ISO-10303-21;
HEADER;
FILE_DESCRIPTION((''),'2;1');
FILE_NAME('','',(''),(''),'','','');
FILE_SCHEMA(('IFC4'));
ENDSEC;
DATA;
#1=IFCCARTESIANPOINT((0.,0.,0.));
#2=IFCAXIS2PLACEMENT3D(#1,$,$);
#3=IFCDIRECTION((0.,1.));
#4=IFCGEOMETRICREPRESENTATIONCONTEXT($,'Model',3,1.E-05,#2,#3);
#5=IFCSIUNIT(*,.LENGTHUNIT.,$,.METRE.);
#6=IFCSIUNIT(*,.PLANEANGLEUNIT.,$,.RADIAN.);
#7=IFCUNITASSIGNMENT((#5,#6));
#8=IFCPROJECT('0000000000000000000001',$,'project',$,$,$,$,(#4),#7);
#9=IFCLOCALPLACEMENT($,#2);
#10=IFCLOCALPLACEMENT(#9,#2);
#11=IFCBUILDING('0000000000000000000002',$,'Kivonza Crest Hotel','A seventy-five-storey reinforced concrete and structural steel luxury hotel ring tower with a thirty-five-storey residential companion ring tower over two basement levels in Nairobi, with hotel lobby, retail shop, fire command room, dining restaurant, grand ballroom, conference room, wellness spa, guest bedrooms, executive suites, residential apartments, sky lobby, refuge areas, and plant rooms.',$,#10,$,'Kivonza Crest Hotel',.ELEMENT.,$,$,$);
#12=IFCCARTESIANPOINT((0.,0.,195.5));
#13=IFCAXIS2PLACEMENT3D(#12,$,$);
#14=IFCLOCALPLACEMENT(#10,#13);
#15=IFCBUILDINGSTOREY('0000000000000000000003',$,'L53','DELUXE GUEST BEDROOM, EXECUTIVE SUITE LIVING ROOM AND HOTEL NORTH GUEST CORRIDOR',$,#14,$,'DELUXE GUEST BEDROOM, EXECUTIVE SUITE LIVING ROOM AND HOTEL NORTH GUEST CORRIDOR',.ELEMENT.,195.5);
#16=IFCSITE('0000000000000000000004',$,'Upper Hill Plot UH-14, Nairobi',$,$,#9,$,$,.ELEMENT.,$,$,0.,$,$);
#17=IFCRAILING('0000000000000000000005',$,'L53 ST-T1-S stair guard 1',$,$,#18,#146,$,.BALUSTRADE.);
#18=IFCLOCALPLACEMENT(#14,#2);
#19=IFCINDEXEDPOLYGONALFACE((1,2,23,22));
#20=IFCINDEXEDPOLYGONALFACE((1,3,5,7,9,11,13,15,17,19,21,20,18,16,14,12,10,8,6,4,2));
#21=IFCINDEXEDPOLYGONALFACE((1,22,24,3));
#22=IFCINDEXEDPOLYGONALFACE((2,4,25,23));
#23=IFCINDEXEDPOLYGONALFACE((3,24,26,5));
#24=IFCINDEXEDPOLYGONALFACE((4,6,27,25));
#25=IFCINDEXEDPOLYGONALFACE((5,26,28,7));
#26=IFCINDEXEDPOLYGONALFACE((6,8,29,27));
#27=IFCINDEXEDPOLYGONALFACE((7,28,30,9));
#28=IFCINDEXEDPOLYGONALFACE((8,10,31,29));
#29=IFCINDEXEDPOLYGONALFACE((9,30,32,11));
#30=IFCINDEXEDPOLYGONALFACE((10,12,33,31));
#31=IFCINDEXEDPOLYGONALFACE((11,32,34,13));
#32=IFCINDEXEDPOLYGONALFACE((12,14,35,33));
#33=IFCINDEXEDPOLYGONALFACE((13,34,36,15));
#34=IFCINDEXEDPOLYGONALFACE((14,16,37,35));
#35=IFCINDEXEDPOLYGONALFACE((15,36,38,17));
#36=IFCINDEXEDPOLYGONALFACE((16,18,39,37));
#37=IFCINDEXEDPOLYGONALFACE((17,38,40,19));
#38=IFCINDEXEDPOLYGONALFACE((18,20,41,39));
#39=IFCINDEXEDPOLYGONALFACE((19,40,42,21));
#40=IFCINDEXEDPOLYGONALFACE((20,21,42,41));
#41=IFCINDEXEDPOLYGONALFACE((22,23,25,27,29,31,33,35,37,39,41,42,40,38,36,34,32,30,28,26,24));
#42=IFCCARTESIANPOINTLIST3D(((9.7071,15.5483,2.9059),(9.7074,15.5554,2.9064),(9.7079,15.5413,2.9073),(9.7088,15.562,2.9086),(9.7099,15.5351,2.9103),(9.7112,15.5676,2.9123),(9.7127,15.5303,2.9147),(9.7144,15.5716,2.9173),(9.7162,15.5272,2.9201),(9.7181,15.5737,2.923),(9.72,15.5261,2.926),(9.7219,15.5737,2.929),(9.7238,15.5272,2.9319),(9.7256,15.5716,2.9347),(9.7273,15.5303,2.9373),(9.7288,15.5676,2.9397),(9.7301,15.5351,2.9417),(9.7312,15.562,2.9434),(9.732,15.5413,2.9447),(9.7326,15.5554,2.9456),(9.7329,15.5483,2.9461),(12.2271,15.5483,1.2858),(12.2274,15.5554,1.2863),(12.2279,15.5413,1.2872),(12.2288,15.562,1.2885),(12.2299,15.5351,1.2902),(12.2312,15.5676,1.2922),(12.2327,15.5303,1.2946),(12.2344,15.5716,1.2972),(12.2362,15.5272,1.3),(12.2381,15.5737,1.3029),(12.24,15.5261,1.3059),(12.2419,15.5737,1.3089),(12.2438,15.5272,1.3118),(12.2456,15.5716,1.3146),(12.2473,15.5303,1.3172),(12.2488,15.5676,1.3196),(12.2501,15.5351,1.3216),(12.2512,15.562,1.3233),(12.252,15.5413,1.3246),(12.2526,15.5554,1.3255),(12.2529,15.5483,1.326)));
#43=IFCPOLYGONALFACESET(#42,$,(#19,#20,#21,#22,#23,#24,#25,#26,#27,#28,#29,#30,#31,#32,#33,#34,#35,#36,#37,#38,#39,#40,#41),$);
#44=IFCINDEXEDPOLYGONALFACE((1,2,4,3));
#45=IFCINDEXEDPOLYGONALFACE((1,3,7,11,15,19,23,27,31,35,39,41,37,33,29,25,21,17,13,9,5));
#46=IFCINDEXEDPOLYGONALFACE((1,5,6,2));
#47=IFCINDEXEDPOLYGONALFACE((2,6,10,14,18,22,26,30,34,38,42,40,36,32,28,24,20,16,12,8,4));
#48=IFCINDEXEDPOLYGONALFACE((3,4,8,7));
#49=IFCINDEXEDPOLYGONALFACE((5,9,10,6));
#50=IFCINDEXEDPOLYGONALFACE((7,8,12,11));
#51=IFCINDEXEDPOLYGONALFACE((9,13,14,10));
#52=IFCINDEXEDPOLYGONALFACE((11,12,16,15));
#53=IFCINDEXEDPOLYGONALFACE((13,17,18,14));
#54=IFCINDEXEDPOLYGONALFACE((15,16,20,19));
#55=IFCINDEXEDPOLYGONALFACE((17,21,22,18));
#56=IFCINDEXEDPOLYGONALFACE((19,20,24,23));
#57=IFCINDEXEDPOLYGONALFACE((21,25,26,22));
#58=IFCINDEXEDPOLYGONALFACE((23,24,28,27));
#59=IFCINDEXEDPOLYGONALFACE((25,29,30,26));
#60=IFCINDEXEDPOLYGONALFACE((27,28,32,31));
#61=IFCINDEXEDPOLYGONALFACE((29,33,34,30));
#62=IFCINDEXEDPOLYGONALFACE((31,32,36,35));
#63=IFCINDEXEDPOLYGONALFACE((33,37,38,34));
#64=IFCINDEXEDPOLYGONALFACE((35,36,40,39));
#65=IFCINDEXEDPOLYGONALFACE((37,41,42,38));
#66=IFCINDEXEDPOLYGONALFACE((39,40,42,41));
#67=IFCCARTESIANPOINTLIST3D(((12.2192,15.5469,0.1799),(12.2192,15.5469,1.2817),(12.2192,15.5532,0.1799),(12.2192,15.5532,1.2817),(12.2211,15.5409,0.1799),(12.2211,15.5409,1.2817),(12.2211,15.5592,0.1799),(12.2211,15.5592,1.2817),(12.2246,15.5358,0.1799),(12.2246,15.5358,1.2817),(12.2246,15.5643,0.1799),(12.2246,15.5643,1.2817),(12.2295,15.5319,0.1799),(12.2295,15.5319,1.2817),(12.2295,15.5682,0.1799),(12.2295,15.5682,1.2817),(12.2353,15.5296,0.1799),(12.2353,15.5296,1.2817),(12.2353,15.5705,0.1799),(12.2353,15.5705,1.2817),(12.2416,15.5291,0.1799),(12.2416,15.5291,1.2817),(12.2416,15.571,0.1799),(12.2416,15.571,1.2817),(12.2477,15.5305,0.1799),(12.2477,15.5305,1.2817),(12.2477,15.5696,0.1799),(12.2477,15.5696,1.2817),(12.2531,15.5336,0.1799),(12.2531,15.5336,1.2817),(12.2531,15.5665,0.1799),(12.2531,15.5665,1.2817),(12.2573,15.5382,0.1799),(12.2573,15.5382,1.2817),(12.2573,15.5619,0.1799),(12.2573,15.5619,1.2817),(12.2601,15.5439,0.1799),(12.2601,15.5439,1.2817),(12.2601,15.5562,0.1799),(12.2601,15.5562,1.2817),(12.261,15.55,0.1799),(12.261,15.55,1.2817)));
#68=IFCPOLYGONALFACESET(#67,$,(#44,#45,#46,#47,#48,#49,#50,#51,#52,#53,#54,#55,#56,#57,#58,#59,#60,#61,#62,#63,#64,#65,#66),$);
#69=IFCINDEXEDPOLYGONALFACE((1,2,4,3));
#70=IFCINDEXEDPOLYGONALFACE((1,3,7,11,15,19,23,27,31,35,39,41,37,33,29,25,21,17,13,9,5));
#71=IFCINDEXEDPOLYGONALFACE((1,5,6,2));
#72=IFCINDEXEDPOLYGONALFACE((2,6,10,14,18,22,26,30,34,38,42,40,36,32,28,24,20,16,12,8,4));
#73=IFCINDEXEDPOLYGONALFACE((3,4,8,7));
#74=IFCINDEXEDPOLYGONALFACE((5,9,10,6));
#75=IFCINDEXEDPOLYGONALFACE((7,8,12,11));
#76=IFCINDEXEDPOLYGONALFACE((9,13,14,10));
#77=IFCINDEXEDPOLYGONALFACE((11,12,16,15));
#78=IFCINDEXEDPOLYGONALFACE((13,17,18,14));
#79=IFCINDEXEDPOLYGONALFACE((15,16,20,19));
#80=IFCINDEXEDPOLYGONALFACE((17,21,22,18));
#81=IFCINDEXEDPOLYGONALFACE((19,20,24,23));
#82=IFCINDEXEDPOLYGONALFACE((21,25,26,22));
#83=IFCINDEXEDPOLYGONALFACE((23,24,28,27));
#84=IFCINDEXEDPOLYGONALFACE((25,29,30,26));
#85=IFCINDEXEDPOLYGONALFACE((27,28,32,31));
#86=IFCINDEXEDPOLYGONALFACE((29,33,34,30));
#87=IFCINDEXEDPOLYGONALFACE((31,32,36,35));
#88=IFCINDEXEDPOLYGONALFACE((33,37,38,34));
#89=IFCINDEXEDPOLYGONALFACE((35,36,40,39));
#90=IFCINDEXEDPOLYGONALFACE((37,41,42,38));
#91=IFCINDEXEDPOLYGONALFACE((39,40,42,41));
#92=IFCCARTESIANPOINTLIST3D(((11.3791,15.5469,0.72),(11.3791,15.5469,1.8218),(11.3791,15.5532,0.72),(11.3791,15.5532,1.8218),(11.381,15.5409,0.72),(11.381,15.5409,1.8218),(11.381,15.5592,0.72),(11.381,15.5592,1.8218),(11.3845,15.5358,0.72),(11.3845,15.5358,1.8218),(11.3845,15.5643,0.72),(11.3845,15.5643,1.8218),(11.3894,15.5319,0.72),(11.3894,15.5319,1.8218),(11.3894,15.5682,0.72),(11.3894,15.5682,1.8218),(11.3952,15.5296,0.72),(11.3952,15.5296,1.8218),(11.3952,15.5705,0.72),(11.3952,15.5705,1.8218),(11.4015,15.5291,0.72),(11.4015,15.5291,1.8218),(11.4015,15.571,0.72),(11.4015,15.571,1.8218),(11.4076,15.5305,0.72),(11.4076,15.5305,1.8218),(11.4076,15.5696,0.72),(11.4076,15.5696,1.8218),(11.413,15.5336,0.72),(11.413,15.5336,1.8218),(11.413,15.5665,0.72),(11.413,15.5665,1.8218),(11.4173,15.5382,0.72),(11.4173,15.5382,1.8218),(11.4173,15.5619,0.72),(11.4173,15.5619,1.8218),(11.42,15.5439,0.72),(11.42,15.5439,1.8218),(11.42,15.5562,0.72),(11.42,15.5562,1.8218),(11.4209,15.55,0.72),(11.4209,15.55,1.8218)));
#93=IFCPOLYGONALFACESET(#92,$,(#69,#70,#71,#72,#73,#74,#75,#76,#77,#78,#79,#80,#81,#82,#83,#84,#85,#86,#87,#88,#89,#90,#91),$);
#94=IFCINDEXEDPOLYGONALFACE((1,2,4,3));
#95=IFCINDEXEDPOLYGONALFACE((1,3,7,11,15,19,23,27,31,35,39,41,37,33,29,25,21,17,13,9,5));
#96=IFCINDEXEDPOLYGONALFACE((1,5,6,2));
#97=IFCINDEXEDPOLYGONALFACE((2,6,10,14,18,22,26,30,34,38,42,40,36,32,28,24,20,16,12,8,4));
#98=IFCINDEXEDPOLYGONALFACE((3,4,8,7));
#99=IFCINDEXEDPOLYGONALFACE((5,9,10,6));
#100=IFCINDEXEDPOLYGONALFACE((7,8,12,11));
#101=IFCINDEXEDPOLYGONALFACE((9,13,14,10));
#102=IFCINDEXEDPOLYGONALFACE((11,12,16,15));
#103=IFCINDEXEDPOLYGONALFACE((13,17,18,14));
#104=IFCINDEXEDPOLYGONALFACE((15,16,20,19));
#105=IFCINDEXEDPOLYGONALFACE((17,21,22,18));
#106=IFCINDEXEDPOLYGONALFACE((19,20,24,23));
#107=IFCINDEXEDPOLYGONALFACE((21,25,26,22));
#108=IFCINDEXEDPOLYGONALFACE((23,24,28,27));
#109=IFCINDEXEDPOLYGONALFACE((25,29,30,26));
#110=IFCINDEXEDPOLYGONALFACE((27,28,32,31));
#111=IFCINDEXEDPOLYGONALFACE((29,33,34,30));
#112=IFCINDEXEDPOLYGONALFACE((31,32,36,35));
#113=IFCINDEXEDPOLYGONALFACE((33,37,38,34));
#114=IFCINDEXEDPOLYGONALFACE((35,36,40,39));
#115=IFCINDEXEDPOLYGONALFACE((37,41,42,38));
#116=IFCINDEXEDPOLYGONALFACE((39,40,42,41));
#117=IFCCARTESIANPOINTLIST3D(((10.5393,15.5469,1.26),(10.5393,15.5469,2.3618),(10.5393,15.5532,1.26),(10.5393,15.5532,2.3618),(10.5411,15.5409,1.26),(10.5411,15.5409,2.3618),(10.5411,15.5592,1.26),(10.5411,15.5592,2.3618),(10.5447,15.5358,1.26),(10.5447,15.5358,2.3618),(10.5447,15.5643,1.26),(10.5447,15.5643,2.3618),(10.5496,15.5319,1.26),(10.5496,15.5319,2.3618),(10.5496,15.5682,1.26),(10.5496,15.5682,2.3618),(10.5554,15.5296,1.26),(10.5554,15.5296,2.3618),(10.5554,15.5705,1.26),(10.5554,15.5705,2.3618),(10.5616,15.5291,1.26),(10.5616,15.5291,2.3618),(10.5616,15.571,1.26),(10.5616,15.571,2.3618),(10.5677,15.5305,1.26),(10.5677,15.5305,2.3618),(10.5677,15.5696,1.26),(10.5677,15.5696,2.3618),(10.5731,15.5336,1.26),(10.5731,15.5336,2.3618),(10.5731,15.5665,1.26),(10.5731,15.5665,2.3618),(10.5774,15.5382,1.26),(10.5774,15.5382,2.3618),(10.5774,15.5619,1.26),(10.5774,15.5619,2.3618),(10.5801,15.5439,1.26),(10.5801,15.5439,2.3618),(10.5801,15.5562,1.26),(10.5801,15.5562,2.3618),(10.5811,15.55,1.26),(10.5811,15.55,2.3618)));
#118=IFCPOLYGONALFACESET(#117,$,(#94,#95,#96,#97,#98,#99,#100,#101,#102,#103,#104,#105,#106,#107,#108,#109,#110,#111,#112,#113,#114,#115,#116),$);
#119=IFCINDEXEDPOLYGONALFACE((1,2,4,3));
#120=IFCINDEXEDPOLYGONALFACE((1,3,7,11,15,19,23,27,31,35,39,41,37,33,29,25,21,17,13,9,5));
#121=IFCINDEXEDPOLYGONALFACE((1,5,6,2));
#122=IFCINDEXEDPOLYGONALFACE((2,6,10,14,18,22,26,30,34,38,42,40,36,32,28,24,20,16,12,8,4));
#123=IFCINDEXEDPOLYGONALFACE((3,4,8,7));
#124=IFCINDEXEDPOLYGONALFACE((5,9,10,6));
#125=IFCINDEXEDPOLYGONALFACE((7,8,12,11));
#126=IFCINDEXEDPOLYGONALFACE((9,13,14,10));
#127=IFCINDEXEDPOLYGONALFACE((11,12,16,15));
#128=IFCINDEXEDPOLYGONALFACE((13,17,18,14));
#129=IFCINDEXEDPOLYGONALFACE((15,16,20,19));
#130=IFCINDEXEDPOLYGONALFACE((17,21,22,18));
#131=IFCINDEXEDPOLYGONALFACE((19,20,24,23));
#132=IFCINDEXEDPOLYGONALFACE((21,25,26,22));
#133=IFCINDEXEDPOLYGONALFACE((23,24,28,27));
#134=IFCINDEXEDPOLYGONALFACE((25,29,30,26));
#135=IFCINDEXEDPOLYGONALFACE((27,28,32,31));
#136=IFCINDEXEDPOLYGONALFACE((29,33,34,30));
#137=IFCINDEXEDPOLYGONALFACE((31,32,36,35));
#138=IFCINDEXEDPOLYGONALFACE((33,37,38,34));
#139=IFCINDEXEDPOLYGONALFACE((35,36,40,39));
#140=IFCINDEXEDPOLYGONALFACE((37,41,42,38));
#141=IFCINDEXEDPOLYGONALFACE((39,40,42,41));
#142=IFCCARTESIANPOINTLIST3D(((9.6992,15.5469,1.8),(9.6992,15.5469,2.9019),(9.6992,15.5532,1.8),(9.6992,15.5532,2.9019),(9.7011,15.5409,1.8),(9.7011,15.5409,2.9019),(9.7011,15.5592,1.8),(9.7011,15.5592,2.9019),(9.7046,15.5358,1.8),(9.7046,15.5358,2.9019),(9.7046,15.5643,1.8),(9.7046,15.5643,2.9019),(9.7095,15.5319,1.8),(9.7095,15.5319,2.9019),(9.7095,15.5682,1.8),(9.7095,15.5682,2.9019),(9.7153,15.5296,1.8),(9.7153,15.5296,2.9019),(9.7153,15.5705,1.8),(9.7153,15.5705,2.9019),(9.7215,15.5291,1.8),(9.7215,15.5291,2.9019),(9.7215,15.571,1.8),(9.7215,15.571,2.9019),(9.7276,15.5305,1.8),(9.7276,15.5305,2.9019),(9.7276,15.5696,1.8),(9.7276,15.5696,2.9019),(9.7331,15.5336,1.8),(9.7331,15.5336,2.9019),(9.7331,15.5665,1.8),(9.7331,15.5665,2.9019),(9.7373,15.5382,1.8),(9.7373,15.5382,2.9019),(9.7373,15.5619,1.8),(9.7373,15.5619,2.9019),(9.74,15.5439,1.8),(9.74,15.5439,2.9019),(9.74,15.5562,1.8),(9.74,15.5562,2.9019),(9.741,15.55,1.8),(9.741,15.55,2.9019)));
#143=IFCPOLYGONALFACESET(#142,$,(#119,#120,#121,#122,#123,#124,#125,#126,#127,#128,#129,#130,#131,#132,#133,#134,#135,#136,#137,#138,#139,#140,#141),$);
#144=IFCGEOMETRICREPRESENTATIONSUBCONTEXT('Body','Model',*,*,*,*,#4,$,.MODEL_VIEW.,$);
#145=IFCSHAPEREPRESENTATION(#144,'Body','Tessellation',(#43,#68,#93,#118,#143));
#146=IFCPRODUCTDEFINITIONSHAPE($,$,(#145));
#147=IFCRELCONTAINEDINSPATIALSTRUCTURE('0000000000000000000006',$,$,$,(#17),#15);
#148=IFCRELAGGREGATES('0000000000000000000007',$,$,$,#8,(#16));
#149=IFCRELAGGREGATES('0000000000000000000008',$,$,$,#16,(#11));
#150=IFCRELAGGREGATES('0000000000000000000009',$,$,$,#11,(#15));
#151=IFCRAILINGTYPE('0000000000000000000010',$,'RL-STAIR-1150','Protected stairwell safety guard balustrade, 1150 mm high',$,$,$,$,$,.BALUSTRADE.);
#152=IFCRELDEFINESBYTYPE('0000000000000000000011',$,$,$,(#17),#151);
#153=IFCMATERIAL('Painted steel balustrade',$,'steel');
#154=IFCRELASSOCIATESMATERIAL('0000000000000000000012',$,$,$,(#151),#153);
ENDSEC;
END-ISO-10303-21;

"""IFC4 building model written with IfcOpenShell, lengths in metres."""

from ifc_helpers import new_model, si_unit, direction, frame, origin, origin_2d, place, context, subcontext, project, spatial, circle, extrude, material, type_object, element, save


model = new_model("IFC4")

# Units and contexts
model_context = context("Model", 3, precision=1e-05, world=origin(), true_north=direction((0.0, 1.0)))
body_context = subcontext(model_context, "Body", "Model", "MODEL_VIEW")
ifc_project = project(units=[si_unit("LENGTHUNIT", "METRE"), si_unit("PLANEANGLEUNIT", "RADIAN")], contexts=[model_context])

# Site, building, storey
site_placement = place(None, origin())
site = spatial("IfcSite", under=ifc_project, at=site_placement, Name="Upper Hill Plot UH-14, Nairobi", CompositionType="ELEMENT", RefElevation=0.0)
building_placement = place(site_placement, origin())
building = spatial("IfcBuilding", under=site, at=building_placement, Name="Kivonza Crest Hotel", Description="A seventy-five-storey reinforced concrete and structural steel luxury hotel ring tower with a thirty-five-storey residential companion ring tower over two basement levels in Nairobi, with hotel lobby, retail shop, fire command room, dining restaurant, grand ballroom, conference room, wellness spa, guest bedrooms, executive suites, residential apartments, sky lobby, refuge areas, and plant rooms.", LongName="Kivonza Crest Hotel", CompositionType="ELEMENT")
storey_placement = place(building_placement, frame((0.0, 0.0, 195.5)))
storey = spatial("IfcBuildingStorey", under=building, at=storey_placement, Name="L53", Description="DELUXE GUEST BEDROOM, EXECUTIVE SUITE LIVING ROOM AND HOTEL NORTH GUEST CORRIDOR", LongName="DELUXE GUEST BEDROOM, EXECUTIVE SUITE LIVING ROOM AND HOTEL NORTH GUEST CORRIDOR", CompositionType="ELEMENT", Elevation=195.5)

# Railing
ifc_material_1 = material(Name="Painted steel balustrade", Category="steel")
railing_type_1 = type_object("IfcRailingType", Name="RL-STAIR-1150", Description="Protected stairwell safety guard balustrade, 1150 mm high", PredefinedType="BALUSTRADE", material=ifc_material_1)
railing_1_placement = place(storey_placement, frame((12.24, 15.55, 0.1799)))
element("IfcRailing", 1, at=railing_1_placement, inside=storey, type_object=railing_type_1, Name="L53 ST-T1-S stair guard 1", PredefinedType="BALUSTRADE", context=body_context, shape_type="SweptSolid", body=[
    extrude(circle(Radius=0.0239, at=origin_2d()), frame((0.0, 0.0, 1.126), z_axis=(-0.841163, 0.0, 0.540782), x_axis=(0.0, -1.0, 0.0)), (0.0, 0.0, 1.0), 2.9958),
    extrude(circle(Radius=0.021, at=origin_2d()), origin(), (0.0, 0.0, 1.0), 1.1018),
    extrude(circle(Radius=0.021, at=origin_2d()), frame((-0.8401, 0.0, 0.54)), (0.0, 0.0, 1.0), 1.1018),
    extrude(circle(Radius=0.021, at=origin_2d()), frame((-1.6799, 0.0, 1.0801)), (0.0, 0.0, 1.0), 1.1018),
    extrude(circle(Radius=0.021, at=origin_2d()), frame((-2.52, 0.0, 1.6201)), (0.0, 0.0, 1.0), 1.1018),
])

save(model, "model.ifc")
